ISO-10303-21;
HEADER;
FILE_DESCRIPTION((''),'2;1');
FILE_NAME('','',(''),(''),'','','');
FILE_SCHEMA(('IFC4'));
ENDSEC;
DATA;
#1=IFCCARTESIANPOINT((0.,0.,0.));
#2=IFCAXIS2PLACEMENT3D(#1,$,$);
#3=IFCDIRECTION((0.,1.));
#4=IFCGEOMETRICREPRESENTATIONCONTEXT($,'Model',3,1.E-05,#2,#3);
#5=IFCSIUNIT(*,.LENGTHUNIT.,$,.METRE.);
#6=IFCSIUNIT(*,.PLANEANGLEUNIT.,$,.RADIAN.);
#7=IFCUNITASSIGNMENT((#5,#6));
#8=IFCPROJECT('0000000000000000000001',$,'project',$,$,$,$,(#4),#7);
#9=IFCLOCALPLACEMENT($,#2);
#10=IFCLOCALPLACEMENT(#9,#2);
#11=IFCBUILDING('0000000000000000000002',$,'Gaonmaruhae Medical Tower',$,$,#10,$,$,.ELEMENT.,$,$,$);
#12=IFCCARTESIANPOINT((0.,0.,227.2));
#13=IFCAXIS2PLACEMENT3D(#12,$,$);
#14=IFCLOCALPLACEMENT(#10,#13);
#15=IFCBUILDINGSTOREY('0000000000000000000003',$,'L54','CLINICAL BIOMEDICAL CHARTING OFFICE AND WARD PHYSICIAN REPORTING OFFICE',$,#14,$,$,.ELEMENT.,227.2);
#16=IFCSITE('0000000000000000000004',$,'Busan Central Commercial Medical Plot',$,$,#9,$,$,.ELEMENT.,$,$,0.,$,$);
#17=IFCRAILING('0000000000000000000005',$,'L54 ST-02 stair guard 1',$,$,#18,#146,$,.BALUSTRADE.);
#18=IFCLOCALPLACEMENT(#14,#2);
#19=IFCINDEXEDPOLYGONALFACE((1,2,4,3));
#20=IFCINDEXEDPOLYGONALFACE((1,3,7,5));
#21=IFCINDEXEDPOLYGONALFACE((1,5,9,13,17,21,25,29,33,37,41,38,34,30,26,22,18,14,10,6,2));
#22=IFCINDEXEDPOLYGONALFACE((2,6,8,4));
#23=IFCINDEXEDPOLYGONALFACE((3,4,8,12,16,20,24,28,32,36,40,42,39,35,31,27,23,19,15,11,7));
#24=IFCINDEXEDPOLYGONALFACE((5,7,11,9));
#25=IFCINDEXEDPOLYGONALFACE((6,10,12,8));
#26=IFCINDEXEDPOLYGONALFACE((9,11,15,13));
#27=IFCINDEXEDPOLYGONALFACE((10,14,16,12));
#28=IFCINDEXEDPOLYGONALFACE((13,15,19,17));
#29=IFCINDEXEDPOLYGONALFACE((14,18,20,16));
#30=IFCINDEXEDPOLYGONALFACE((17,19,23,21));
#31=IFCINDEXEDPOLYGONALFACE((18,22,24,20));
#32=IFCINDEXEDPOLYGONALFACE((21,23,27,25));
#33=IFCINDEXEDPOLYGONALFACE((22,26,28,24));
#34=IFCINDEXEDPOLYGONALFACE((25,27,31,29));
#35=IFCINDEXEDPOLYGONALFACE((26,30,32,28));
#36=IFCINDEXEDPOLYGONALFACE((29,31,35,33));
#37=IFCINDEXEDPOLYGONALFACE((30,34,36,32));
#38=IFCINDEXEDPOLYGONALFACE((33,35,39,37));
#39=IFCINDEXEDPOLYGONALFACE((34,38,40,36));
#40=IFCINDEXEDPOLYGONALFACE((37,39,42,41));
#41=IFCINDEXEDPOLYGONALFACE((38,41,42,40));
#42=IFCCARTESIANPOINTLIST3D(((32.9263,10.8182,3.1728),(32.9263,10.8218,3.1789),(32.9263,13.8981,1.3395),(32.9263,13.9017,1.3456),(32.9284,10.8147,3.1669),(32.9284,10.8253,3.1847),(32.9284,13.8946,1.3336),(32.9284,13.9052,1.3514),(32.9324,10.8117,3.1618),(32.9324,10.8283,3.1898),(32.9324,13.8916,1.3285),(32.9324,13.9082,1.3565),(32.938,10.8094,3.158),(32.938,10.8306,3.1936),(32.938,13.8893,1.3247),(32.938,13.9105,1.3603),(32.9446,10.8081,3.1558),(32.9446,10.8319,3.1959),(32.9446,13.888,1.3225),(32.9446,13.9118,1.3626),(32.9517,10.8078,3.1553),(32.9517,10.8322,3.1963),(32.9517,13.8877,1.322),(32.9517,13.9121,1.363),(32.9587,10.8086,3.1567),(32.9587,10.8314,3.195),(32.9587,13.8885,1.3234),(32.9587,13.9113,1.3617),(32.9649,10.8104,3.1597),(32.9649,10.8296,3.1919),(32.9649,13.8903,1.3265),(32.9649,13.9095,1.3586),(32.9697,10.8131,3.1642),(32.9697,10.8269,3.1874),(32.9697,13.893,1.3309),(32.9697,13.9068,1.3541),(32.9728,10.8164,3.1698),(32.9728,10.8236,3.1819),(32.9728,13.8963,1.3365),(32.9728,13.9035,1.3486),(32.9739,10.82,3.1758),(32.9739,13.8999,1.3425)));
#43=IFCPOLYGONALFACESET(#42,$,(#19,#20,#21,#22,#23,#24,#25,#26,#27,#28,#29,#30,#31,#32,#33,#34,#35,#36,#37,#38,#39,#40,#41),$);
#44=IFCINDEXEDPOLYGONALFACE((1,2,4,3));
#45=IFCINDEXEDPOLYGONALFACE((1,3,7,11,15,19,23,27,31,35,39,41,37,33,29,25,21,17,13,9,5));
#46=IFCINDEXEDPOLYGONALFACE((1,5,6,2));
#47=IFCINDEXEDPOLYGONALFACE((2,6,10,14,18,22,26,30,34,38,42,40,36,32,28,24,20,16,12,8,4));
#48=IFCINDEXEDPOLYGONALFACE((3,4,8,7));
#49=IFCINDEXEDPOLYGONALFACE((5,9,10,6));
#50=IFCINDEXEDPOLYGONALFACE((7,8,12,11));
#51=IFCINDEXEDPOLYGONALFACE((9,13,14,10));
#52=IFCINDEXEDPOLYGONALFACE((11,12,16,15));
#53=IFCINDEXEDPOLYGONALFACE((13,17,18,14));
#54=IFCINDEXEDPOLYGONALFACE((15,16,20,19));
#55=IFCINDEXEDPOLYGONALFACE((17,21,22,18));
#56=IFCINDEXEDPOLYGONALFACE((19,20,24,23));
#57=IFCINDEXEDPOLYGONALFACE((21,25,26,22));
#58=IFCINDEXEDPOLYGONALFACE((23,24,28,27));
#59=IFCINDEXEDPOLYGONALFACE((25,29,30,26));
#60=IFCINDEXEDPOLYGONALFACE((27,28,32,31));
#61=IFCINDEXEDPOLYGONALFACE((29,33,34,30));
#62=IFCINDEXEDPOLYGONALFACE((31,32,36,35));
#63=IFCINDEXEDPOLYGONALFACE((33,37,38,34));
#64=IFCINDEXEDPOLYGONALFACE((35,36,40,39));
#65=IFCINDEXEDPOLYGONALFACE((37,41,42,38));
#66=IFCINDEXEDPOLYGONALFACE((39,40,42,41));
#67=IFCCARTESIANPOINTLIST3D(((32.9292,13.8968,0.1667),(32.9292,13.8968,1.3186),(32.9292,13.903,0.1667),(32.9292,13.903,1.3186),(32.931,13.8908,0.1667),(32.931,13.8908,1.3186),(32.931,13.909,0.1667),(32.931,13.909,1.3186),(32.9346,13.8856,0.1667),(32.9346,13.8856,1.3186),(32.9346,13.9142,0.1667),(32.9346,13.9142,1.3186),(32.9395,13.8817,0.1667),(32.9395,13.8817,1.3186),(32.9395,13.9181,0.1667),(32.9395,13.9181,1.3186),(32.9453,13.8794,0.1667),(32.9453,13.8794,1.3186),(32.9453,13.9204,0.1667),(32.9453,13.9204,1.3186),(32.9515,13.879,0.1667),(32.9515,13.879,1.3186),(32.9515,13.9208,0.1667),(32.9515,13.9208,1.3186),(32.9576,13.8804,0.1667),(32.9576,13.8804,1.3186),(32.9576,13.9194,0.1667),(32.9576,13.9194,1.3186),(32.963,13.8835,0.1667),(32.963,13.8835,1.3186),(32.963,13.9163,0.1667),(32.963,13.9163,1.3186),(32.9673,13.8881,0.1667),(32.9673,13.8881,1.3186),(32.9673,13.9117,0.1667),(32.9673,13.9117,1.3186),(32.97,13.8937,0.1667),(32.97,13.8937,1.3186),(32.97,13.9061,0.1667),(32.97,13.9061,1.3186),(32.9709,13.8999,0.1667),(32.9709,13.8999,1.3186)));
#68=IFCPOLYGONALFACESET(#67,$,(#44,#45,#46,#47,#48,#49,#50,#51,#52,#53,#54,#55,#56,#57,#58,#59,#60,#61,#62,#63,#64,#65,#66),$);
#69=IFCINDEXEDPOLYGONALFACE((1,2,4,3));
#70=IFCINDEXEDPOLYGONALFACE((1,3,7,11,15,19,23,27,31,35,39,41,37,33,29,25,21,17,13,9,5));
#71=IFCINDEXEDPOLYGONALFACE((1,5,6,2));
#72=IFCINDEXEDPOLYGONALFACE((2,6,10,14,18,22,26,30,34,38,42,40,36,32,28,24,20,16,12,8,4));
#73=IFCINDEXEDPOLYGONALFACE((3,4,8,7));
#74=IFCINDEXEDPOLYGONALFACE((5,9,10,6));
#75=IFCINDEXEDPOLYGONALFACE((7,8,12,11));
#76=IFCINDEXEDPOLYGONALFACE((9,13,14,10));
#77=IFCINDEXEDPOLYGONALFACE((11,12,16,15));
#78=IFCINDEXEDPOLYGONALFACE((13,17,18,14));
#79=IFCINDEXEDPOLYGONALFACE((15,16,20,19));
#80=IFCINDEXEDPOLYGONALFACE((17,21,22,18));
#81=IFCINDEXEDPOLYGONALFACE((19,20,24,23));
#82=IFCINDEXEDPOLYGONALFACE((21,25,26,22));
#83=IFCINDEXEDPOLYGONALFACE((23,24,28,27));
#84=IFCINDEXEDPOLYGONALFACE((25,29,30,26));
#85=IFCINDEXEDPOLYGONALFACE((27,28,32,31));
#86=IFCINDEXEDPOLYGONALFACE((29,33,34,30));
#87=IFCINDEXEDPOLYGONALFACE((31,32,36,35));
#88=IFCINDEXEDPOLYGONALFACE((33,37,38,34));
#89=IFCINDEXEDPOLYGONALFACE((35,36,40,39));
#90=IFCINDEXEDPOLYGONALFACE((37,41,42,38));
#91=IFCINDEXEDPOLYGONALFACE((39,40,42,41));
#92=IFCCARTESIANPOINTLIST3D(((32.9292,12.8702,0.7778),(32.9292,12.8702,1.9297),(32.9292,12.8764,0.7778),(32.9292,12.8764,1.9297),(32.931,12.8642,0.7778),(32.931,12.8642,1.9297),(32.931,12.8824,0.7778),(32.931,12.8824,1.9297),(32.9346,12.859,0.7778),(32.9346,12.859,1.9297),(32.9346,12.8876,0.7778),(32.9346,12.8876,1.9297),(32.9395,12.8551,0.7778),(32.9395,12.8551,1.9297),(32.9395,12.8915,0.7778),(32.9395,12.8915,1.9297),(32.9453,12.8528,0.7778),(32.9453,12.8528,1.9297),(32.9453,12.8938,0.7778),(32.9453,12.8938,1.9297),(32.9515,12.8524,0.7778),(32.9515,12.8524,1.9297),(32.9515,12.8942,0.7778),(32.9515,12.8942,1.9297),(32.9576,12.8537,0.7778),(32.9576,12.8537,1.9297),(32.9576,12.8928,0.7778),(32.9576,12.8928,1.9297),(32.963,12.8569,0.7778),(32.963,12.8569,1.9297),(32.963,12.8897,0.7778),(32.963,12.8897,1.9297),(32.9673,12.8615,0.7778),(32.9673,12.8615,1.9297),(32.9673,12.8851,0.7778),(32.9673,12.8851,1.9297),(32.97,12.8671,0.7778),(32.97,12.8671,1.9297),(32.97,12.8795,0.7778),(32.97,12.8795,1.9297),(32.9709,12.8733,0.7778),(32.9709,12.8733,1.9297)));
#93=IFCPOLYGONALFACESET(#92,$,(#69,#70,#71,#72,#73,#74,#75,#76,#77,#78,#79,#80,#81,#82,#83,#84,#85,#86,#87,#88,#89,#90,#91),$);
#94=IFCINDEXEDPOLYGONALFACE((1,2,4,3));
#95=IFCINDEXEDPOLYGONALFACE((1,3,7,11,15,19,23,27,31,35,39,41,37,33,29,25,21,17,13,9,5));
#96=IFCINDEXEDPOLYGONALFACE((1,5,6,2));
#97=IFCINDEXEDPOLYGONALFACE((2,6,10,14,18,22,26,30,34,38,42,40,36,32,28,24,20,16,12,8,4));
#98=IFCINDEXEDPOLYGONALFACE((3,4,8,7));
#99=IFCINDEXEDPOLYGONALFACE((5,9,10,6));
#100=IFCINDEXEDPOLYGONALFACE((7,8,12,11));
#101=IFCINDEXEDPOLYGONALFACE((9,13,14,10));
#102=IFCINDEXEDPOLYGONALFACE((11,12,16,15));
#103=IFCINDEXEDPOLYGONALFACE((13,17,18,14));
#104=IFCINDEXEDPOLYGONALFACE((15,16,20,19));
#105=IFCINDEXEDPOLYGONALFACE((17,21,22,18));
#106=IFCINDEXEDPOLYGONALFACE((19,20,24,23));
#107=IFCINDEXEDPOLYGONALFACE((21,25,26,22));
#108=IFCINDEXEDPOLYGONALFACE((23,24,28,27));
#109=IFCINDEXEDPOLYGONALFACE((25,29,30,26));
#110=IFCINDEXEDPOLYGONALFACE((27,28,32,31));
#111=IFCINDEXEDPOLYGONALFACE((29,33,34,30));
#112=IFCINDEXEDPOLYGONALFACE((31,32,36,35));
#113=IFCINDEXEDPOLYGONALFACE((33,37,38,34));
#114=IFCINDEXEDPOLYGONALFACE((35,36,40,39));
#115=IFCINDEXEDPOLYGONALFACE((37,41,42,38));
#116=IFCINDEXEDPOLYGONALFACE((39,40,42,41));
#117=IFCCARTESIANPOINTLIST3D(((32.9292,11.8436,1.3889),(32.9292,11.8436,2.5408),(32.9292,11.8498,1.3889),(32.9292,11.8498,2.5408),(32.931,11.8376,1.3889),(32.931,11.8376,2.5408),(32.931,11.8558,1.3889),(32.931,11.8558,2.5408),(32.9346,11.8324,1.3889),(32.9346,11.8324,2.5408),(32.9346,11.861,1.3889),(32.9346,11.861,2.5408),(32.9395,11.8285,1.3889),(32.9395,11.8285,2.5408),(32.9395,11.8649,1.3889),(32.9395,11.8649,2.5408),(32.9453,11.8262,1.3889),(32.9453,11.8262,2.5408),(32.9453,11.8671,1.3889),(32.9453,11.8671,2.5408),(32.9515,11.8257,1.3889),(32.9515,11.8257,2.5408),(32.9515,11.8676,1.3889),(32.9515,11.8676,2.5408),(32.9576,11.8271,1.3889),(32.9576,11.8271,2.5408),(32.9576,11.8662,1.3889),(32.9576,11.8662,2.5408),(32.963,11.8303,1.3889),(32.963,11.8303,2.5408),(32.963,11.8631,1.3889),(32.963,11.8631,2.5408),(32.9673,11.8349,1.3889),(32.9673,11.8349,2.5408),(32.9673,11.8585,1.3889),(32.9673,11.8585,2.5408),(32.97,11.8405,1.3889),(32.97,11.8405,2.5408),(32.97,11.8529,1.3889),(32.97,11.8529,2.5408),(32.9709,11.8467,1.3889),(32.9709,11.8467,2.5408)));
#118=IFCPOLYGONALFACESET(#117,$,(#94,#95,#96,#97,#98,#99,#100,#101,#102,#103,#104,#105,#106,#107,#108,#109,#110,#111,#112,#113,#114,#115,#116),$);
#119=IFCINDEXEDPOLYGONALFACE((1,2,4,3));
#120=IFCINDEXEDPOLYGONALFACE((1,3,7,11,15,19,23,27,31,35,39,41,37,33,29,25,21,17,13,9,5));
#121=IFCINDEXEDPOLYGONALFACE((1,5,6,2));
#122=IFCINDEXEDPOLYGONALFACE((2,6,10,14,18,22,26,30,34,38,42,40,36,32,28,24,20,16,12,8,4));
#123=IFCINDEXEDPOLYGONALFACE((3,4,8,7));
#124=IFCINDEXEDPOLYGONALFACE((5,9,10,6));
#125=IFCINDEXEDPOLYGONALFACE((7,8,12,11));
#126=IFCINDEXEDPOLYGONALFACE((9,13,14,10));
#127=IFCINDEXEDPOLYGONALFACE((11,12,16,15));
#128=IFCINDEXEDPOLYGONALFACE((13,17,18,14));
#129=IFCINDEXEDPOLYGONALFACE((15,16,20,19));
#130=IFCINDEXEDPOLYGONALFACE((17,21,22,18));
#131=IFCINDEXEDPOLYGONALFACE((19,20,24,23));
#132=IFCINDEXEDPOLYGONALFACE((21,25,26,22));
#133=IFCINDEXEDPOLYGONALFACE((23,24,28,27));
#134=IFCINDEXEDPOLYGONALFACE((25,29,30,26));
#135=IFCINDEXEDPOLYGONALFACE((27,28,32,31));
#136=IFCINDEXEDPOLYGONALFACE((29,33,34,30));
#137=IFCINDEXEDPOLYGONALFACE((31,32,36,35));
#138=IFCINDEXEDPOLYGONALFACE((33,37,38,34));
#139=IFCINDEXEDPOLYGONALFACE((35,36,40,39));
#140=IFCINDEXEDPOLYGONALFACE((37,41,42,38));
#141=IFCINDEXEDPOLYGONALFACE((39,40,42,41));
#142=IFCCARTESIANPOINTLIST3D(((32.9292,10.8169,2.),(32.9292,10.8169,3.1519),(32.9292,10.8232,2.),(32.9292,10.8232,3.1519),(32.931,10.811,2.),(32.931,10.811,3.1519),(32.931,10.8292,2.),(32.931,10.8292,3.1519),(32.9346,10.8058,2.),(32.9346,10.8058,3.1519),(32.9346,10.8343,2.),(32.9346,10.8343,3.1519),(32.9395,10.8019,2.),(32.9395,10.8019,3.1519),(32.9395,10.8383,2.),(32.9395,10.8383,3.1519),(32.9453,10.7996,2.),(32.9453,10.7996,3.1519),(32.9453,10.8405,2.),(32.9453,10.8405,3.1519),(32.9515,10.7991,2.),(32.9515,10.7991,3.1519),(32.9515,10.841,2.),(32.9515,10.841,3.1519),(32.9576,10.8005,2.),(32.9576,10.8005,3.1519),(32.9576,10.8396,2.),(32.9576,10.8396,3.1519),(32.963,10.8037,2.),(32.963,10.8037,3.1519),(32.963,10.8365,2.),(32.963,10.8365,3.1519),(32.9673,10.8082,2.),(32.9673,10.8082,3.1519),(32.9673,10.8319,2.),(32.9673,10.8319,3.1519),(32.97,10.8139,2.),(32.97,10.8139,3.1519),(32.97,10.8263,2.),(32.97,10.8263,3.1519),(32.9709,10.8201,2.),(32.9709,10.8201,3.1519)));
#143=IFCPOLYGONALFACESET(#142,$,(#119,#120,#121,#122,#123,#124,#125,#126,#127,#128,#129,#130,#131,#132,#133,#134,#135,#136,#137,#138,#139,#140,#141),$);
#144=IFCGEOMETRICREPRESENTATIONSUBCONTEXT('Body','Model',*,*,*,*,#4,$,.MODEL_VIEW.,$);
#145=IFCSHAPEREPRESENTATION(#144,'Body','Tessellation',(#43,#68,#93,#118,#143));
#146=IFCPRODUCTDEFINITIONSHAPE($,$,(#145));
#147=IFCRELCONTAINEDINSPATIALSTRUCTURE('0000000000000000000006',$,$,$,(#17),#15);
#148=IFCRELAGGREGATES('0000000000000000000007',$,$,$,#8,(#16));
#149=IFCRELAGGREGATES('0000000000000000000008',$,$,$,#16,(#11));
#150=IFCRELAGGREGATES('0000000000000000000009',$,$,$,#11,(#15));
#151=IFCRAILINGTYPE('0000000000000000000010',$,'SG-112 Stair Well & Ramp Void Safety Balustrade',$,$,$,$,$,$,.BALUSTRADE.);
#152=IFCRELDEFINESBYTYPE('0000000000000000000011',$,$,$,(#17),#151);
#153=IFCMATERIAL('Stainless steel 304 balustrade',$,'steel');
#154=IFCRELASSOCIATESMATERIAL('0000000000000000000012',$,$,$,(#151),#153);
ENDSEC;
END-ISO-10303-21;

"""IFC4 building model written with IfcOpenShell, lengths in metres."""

from ifc_helpers import new_model, si_unit, direction, frame, origin, origin_2d, place, context, subcontext, project, spatial, circle, extrude, material, type_object, element, save


model = new_model("IFC4")

# Units and contexts
model_context = context("Model", 3, precision=1e-05, world=origin(), true_north=direction((0.0, 1.0)))
body_context = subcontext(model_context, "Body", "Model", "MODEL_VIEW")
ifc_project = project(units=[si_unit("LENGTHUNIT", "METRE"), si_unit("PLANEANGLEUNIT", "RADIAN")], contexts=[model_context])

# Site, building, storey
site_placement = place(None, origin())
site = spatial("IfcSite", under=ifc_project, at=site_placement, Name="Busan Central Commercial Medical Plot", CompositionType="ELEMENT", RefElevation=0.0)
building_placement = place(site_placement, origin())
building = spatial("IfcBuilding", under=site, at=building_placement, Name="Gaonmaruhae Medical Tower", CompositionType="ELEMENT")
storey_placement = place(building_placement, frame((0.0, 0.0, 227.2)))
storey = spatial("IfcBuildingStorey", under=building, at=storey_placement, Name="L54", Description="CLINICAL BIOMEDICAL CHARTING OFFICE AND WARD PHYSICIAN REPORTING OFFICE", CompositionType="ELEMENT", Elevation=227.2)

# Railing
ifc_material_1 = material(Name="Stainless steel 304 balustrade", Category="steel")
railing_type_1 = type_object("IfcRailingType", Name="SG-112 Stair Well & Ramp Void Safety Balustrade", PredefinedType="BALUSTRADE", material=ifc_material_1)
railing_1_placement = place(storey_placement, frame((32.95, 13.8999, 0.1667)))
element("IfcRailing", 1, at=railing_1_placement, inside=storey, type_object=railing_type_1, Name="L54 ST-02 stair guard 1", PredefinedType="BALUSTRADE", context=body_context, shape_type="SweptSolid", body=[
    extrude(circle(Radius=0.0239, at=origin_2d()), frame((0.0, 0.0, 1.1758), z_axis=(0.0, -0.859291, 0.511487), x_axis=(1.0, 0.0, 0.0)), (0.0, 0.0, 1.0), 3.5842),
    extrude(circle(Radius=0.021, at=origin_2d()), origin(), (0.0, 0.0, 1.0), 1.1519),
    extrude(circle(Radius=0.021, at=origin_2d()), frame((0.0, -1.0266, 0.6111)), (0.0, 0.0, 1.0), 1.1519),
    extrude(circle(Radius=0.021, at=origin_2d()), frame((0.0, -2.0532, 1.2222)), (0.0, 0.0, 1.0), 1.1519),
    extrude(circle(Radius=0.021, at=origin_2d()), frame((0.0, -3.0798, 1.8333)), (0.0, 0.0, 1.0), 1.1519),
])

save(model, "model.ifc")
